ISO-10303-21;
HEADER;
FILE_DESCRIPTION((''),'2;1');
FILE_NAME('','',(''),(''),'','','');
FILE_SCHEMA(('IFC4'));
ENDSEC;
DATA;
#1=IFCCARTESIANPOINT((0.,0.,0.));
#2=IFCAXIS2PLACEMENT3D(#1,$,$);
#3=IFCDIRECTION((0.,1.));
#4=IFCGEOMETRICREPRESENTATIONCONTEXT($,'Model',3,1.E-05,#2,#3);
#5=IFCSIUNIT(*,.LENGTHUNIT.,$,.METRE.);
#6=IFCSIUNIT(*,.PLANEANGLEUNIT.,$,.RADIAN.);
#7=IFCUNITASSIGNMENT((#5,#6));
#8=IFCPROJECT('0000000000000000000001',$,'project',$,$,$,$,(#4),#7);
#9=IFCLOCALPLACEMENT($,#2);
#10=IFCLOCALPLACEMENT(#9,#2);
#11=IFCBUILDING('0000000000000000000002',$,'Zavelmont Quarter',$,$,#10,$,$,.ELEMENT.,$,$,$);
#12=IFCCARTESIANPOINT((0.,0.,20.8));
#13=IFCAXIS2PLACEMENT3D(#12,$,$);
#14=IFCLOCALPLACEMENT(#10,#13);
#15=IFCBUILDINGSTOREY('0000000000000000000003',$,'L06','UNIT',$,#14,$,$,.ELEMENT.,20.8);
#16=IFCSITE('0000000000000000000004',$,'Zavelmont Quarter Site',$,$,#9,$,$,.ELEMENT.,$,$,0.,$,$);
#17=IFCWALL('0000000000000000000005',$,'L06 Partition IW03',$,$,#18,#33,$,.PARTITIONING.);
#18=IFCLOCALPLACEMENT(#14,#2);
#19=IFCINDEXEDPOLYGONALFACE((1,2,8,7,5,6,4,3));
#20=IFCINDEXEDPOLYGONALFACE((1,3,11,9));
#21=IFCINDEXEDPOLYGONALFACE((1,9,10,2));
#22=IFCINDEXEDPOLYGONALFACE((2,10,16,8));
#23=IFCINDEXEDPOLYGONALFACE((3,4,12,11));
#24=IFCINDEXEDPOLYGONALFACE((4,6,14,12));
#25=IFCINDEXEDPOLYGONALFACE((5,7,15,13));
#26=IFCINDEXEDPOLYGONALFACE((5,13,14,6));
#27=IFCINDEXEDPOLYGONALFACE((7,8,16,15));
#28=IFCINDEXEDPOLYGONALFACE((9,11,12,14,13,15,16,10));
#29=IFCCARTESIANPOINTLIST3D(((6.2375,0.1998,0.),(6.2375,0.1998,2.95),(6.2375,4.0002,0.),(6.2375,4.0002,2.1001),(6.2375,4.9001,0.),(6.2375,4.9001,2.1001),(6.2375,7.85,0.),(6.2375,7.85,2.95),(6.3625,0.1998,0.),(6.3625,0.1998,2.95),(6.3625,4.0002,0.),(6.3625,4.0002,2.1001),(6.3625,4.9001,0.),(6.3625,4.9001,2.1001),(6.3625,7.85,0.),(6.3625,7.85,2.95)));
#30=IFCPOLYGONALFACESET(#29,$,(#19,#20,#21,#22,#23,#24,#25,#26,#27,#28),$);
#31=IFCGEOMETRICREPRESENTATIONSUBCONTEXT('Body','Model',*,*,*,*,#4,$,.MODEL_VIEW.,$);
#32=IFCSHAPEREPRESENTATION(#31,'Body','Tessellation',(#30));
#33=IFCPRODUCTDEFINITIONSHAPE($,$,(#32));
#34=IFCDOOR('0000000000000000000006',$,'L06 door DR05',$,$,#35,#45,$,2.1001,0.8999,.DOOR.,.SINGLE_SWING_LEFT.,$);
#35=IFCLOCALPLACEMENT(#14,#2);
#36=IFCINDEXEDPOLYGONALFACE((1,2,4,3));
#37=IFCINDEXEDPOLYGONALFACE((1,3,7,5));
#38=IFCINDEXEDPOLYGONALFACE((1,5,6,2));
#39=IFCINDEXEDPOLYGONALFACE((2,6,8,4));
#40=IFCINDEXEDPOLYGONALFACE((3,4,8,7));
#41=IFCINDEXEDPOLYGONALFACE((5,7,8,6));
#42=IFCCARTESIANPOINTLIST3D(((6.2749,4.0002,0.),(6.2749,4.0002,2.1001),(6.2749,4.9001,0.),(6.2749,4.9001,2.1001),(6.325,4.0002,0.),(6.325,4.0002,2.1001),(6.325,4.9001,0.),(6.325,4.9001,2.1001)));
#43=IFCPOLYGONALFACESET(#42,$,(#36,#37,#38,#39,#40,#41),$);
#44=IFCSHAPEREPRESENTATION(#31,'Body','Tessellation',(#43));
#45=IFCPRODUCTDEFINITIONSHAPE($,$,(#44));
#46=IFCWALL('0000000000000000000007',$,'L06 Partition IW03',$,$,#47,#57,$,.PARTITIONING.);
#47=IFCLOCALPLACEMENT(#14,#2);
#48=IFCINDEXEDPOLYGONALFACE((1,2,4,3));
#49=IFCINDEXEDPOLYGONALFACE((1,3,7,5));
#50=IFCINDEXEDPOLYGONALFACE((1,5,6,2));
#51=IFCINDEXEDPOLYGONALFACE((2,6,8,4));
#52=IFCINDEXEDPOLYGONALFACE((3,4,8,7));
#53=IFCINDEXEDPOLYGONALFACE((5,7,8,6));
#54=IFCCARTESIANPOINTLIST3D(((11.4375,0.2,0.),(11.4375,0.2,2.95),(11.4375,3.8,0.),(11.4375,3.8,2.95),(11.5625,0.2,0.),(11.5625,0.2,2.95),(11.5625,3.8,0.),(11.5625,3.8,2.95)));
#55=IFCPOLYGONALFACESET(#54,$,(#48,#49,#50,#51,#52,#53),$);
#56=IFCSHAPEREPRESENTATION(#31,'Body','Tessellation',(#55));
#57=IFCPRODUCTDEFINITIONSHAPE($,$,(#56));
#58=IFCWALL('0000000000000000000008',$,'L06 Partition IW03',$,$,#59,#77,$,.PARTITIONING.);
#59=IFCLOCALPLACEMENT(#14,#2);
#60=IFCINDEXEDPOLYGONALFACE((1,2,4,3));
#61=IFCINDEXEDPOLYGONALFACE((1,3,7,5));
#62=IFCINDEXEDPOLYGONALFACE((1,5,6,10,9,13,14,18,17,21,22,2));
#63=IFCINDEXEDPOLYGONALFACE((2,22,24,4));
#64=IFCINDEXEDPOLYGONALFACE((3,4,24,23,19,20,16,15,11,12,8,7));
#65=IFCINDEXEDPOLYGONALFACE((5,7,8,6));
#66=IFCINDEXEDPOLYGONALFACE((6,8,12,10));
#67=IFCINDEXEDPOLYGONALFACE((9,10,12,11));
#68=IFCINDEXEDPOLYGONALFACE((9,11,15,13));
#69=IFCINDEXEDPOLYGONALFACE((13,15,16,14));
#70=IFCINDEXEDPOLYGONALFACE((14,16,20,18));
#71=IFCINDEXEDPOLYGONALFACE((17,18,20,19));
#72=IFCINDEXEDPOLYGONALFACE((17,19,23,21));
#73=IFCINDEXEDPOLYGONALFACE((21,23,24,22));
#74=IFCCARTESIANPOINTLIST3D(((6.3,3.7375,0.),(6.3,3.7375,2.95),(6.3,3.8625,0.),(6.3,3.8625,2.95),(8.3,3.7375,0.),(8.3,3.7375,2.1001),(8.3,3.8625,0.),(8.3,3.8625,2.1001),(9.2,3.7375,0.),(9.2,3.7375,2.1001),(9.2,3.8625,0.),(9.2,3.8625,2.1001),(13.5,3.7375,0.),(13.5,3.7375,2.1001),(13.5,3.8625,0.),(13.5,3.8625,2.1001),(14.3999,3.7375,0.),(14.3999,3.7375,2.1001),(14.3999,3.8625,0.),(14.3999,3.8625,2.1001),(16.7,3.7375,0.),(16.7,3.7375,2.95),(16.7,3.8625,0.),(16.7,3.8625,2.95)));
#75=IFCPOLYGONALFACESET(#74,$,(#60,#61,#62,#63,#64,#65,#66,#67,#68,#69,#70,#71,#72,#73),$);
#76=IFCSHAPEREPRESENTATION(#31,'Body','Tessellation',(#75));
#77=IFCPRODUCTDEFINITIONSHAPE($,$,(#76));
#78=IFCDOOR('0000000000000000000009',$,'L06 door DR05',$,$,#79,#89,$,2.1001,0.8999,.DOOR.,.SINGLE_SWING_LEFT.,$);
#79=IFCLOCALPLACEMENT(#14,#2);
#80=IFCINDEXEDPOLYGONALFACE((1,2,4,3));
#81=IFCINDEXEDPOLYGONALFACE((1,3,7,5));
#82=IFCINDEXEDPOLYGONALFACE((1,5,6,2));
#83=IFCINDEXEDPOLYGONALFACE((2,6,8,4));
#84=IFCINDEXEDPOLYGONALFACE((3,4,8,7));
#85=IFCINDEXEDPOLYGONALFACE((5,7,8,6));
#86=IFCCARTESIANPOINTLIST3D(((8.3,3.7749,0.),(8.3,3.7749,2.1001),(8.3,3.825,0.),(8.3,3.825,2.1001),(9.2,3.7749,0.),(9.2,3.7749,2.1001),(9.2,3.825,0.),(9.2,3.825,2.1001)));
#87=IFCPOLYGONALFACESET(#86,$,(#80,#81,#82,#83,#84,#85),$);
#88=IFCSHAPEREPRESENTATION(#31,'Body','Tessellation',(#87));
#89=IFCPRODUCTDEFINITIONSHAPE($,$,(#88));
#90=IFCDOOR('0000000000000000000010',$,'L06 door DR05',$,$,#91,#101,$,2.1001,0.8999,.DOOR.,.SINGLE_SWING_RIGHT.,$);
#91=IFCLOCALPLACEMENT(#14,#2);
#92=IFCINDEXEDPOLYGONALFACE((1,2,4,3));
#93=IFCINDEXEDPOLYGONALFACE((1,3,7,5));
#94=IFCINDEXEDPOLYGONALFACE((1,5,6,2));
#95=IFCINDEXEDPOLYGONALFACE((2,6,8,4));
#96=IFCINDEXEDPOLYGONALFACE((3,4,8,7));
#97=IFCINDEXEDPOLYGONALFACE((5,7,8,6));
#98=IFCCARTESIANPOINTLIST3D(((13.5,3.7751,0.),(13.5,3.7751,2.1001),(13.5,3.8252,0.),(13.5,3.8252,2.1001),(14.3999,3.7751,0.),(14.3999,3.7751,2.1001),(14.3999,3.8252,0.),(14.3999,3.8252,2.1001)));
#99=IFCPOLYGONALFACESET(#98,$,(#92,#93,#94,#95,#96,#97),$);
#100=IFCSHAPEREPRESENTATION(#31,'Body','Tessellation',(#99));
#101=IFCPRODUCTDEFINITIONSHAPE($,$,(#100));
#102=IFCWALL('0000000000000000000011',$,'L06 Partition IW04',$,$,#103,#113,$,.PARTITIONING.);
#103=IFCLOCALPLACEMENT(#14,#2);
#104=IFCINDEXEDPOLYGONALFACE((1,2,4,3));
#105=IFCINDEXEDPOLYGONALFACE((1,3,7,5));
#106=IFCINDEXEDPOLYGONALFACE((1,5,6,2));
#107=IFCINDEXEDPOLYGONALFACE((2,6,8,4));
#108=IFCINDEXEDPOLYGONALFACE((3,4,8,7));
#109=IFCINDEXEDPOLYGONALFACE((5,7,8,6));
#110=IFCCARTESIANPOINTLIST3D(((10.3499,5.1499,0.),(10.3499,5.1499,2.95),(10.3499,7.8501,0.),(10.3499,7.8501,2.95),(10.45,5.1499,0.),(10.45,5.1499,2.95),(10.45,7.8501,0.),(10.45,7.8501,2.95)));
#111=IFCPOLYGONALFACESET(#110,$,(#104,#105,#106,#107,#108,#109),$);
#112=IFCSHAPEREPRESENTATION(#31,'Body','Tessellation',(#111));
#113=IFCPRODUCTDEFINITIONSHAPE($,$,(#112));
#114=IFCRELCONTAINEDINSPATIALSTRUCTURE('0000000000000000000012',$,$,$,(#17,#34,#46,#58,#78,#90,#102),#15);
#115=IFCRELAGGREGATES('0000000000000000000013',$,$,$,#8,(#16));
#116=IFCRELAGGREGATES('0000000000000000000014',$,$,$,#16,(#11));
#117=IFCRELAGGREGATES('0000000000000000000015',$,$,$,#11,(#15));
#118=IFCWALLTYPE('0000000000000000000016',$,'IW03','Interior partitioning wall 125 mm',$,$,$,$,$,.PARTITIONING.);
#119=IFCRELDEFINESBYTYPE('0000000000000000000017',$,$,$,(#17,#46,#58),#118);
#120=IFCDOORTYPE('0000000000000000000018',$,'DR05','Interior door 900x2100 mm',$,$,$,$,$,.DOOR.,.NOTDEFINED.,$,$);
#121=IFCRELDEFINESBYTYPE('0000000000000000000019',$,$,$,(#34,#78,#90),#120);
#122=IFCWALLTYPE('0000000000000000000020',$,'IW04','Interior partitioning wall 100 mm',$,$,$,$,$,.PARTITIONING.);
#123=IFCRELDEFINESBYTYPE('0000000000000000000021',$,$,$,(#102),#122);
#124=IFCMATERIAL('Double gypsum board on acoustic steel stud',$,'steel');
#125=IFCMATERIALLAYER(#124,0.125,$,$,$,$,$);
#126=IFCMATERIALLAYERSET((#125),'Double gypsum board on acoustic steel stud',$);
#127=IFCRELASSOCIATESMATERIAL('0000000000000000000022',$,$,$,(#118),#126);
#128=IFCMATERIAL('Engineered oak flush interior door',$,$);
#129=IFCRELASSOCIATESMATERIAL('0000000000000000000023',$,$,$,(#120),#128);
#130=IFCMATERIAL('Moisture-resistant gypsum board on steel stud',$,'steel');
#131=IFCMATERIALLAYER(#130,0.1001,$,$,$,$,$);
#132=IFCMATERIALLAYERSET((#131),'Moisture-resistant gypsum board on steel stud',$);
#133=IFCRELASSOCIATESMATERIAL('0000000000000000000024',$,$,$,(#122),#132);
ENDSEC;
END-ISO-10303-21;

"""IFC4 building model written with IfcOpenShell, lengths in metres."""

from ifc_helpers import new_model, si_unit, direction, frame, frame_2d, origin, origin_with_axes, place, context, subcontext, project, spatial, rectangle, extrude, material, layer, layer_set, type_object, element, fill, save


model = new_model("IFC4")

# Units and contexts
model_context = context("Model", 3, precision=1e-05, world=origin(), true_north=direction((0.0, 1.0)))
body_context = subcontext(model_context, "Body", "Model", "MODEL_VIEW")
ifc_project = project(units=[si_unit("LENGTHUNIT", "METRE"), si_unit("PLANEANGLEUNIT", "RADIAN")], contexts=[model_context])

# Site, building, storey
site_placement = place(None, origin())
site = spatial("IfcSite", under=ifc_project, at=site_placement, Name="Zavelmont Quarter Site", CompositionType="ELEMENT", RefElevation=0.0)
building_placement = place(site_placement, origin())
building = spatial("IfcBuilding", under=site, at=building_placement, Name="Zavelmont Quarter", CompositionType="ELEMENT")
storey_placement = place(building_placement, frame((0.0, 0.0, 20.8)))
storey = spatial("IfcBuildingStorey", under=building, at=storey_placement, Name="L06", Description="UNIT", CompositionType="ELEMENT", Elevation=20.8)

# Wall, opening, door
ifc_material_1 = material(Name="Double gypsum board on acoustic steel stud", Category="steel")
ifc_layer_1 = layer(ifc_material_1, 0.125)
ifc_layer_set_1 = layer_set([ifc_layer_1], Name="Double gypsum board on acoustic steel stud")
wall_type_1 = type_object("IfcWallType", Name="IW03", Description="Interior partitioning wall 125 mm", PredefinedType="PARTITIONING", material=ifc_layer_set_1)
wall_1_placement = place(storey_placement, frame((6.3, 7.8501, 0.0), z_axis=(0.0, 0.0, 1.0), x_axis=(0.0, -1.0, 0.0)))
wall_1 = element("IfcWall", 1, at=wall_1_placement, inside=storey, type_object=wall_type_1, Name="L06 Partition IW03", PredefinedType="PARTITIONING", context=body_context, shape_type="SweptSolid", body=[
    extrude(rectangle(XDim=7.6501, YDim=0.125, at=frame_2d((3.8252, 0.0))), origin(), (0.0, 0.0, 1.0), 2.95),
])
opening_1_placement = place(wall_1_placement, frame((2.95, 0.0, 0.0)))
opening_1 = element("IfcOpeningElement", 2, at=opening_1_placement, cuts=wall_1, PredefinedType="OPENING", context=body_context, shape_type="SweptSolid", body=[
    extrude(rectangle(XDim=0.8999, YDim=2.1001, at=frame_2d((0.45, 1.05))), frame((0.0, 0.0745, 0.0), z_axis=(0.0, -1.0, 0.0), x_axis=(1.0, 0.0, 0.0)), (0.0, 0.0, 1.0), 0.1489),
])
ifc_material_2 = material(Name="Engineered oak flush interior door")
door_type_1 = type_object("IfcDoorType", Name="DR05", Description="Interior door 900x2100 mm", OperationType="NOTDEFINED", PredefinedType="DOOR", material=ifc_material_2)
door_1_placement = place(opening_1_placement, origin_with_axes())
door_1 = element("IfcDoor", 3, at=door_1_placement, inside=storey, type_object=door_type_1, Name="L06 door DR05", OperationType="SINGLE_SWING_LEFT", OverallHeight=2.1001, OverallWidth=0.8999, PredefinedType="DOOR", context=body_context, shape_type="SweptSolid", body=[
    extrude(rectangle(XDim=0.8999, YDim=2.1001, at=frame_2d((0.45, 1.05))), frame((0.0, 0.0249, 0.0), z_axis=(0.0, -1.0, 0.0), x_axis=(1.0, 0.0, 0.0)), (0.0, 0.0, 1.0), 0.05),
])
fill(opening_1, door_1)

# Wall
wall_2_placement = place(storey_placement, frame((11.5, 3.8, 0.0), z_axis=(0.0, 0.0, 1.0), x_axis=(0.0, -1.0, 0.0)))
element("IfcWall", 4, at=wall_2_placement, inside=storey, type_object=wall_type_1, Name="L06 Partition IW03", PredefinedType="PARTITIONING", context=body_context, shape_type="SweptSolid", body=[
    extrude(rectangle(XDim=3.6001, YDim=0.125, at=frame_2d((1.8, 0.0))), origin(), (0.0, 0.0, 1.0), 2.95),
])

# Wall, openings, doors
wall_3_placement = place(storey_placement, frame((6.3, 3.8, 0.0), z_axis=(0.0, 0.0, 1.0), x_axis=(1.0, 0.0, 0.0)))
wall_3 = element("IfcWall", 5, at=wall_3_placement, inside=storey, type_object=wall_type_1, Name="L06 Partition IW03", PredefinedType="PARTITIONING", context=body_context, shape_type="SweptSolid", body=[
    extrude(rectangle(XDim=10.3999, YDim=0.125, at=frame_2d((5.2, 0.0))), origin(), (0.0, 0.0, 1.0), 2.95),
])
opening_2_placement = place(wall_3_placement, frame((2.0, 0.0, 0.0)))
opening_2 = element("IfcOpeningElement", 6, at=opening_2_placement, cuts=wall_3, PredefinedType="OPENING", context=body_context, shape_type="SweptSolid", body=[
    extrude(rectangle(XDim=0.8999, YDim=2.1001, at=frame_2d((0.45, 1.05))), frame((0.0, 0.0745, 0.0), z_axis=(0.0, -1.0, 0.0), x_axis=(1.0, 0.0, 0.0)), (0.0, 0.0, 1.0), 0.1489),
])
opening_3_placement = place(wall_3_placement, frame((7.2, 0.0, 0.0)))
opening_3 = element("IfcOpeningElement", 7, at=opening_3_placement, cuts=wall_3, PredefinedType="OPENING", context=body_context, shape_type="SweptSolid", body=[
    extrude(rectangle(XDim=0.8999, YDim=2.1001, at=frame_2d((0.45, 1.05))), frame((0.0, 0.0745, 0.0), z_axis=(0.0, -1.0, 0.0), x_axis=(1.0, 0.0, 0.0)), (0.0, 0.0, 1.0), 0.1489),
])
door_2_placement = place(opening_2_placement, origin_with_axes())
door_2 = element("IfcDoor", 8, at=door_2_placement, inside=storey, type_object=door_type_1, Name="L06 door DR05", OperationType="SINGLE_SWING_LEFT", OverallHeight=2.1001, OverallWidth=0.8999, PredefinedType="DOOR", context=body_context, shape_type="SweptSolid", body=[
    extrude(rectangle(XDim=0.8999, YDim=2.1001, at=frame_2d((0.45, 1.05))), frame((0.0, 0.0249, 0.0), z_axis=(0.0, -1.0, 0.0), x_axis=(1.0, 0.0, 0.0)), (0.0, 0.0, 1.0), 0.05),
])
fill(opening_2, door_2)
door_3_placement = place(opening_3_placement, frame((0.8999, 0.0, 0.0), z_axis=(0.0, 0.0, 1.0), x_axis=(-1.0, 0.0, 0.0)))
door_3 = element("IfcDoor", 9, at=door_3_placement, inside=storey, type_object=door_type_1, Name="L06 door DR05", OperationType="SINGLE_SWING_RIGHT", OverallHeight=2.1001, OverallWidth=0.8999, PredefinedType="DOOR", context=body_context, shape_type="SweptSolid", body=[
    extrude(rectangle(XDim=0.8999, YDim=2.1001, at=frame_2d((0.45, 1.05))), frame((0.0, 0.0249, 0.0), z_axis=(0.0, -1.0, 0.0), x_axis=(1.0, 0.0, 0.0)), (0.0, 0.0, 1.0), 0.05),
])
fill(opening_3, door_3)

# Wall
ifc_material_3 = material(Name="Moisture-resistant gypsum board on steel stud", Category="steel")
ifc_layer_2 = layer(ifc_material_3, 0.1001)
ifc_layer_set_2 = layer_set([ifc_layer_2], Name="Moisture-resistant gypsum board on steel stud")
wall_type_2 = type_object("IfcWallType", Name="IW04", Description="Interior partitioning wall 100 mm", PredefinedType="PARTITIONING", material=ifc_layer_set_2)
wall_4_placement = place(storey_placement, frame((10.3999, 7.8501, 0.0), z_axis=(0.0, 0.0, 1.0), x_axis=(0.0, -1.0, 0.0)))
element("IfcWall", 10, at=wall_4_placement, inside=storey, type_object=wall_type_2, Name="L06 Partition IW04", PredefinedType="PARTITIONING", context=body_context, shape_type="SweptSolid", body=[
    extrude(rectangle(XDim=2.7002, YDim=0.1001, at=frame_2d((1.3501, 0.0))), origin(), (0.0, 0.0, 1.0), 2.95),
])

save(model, "model.ifc")
